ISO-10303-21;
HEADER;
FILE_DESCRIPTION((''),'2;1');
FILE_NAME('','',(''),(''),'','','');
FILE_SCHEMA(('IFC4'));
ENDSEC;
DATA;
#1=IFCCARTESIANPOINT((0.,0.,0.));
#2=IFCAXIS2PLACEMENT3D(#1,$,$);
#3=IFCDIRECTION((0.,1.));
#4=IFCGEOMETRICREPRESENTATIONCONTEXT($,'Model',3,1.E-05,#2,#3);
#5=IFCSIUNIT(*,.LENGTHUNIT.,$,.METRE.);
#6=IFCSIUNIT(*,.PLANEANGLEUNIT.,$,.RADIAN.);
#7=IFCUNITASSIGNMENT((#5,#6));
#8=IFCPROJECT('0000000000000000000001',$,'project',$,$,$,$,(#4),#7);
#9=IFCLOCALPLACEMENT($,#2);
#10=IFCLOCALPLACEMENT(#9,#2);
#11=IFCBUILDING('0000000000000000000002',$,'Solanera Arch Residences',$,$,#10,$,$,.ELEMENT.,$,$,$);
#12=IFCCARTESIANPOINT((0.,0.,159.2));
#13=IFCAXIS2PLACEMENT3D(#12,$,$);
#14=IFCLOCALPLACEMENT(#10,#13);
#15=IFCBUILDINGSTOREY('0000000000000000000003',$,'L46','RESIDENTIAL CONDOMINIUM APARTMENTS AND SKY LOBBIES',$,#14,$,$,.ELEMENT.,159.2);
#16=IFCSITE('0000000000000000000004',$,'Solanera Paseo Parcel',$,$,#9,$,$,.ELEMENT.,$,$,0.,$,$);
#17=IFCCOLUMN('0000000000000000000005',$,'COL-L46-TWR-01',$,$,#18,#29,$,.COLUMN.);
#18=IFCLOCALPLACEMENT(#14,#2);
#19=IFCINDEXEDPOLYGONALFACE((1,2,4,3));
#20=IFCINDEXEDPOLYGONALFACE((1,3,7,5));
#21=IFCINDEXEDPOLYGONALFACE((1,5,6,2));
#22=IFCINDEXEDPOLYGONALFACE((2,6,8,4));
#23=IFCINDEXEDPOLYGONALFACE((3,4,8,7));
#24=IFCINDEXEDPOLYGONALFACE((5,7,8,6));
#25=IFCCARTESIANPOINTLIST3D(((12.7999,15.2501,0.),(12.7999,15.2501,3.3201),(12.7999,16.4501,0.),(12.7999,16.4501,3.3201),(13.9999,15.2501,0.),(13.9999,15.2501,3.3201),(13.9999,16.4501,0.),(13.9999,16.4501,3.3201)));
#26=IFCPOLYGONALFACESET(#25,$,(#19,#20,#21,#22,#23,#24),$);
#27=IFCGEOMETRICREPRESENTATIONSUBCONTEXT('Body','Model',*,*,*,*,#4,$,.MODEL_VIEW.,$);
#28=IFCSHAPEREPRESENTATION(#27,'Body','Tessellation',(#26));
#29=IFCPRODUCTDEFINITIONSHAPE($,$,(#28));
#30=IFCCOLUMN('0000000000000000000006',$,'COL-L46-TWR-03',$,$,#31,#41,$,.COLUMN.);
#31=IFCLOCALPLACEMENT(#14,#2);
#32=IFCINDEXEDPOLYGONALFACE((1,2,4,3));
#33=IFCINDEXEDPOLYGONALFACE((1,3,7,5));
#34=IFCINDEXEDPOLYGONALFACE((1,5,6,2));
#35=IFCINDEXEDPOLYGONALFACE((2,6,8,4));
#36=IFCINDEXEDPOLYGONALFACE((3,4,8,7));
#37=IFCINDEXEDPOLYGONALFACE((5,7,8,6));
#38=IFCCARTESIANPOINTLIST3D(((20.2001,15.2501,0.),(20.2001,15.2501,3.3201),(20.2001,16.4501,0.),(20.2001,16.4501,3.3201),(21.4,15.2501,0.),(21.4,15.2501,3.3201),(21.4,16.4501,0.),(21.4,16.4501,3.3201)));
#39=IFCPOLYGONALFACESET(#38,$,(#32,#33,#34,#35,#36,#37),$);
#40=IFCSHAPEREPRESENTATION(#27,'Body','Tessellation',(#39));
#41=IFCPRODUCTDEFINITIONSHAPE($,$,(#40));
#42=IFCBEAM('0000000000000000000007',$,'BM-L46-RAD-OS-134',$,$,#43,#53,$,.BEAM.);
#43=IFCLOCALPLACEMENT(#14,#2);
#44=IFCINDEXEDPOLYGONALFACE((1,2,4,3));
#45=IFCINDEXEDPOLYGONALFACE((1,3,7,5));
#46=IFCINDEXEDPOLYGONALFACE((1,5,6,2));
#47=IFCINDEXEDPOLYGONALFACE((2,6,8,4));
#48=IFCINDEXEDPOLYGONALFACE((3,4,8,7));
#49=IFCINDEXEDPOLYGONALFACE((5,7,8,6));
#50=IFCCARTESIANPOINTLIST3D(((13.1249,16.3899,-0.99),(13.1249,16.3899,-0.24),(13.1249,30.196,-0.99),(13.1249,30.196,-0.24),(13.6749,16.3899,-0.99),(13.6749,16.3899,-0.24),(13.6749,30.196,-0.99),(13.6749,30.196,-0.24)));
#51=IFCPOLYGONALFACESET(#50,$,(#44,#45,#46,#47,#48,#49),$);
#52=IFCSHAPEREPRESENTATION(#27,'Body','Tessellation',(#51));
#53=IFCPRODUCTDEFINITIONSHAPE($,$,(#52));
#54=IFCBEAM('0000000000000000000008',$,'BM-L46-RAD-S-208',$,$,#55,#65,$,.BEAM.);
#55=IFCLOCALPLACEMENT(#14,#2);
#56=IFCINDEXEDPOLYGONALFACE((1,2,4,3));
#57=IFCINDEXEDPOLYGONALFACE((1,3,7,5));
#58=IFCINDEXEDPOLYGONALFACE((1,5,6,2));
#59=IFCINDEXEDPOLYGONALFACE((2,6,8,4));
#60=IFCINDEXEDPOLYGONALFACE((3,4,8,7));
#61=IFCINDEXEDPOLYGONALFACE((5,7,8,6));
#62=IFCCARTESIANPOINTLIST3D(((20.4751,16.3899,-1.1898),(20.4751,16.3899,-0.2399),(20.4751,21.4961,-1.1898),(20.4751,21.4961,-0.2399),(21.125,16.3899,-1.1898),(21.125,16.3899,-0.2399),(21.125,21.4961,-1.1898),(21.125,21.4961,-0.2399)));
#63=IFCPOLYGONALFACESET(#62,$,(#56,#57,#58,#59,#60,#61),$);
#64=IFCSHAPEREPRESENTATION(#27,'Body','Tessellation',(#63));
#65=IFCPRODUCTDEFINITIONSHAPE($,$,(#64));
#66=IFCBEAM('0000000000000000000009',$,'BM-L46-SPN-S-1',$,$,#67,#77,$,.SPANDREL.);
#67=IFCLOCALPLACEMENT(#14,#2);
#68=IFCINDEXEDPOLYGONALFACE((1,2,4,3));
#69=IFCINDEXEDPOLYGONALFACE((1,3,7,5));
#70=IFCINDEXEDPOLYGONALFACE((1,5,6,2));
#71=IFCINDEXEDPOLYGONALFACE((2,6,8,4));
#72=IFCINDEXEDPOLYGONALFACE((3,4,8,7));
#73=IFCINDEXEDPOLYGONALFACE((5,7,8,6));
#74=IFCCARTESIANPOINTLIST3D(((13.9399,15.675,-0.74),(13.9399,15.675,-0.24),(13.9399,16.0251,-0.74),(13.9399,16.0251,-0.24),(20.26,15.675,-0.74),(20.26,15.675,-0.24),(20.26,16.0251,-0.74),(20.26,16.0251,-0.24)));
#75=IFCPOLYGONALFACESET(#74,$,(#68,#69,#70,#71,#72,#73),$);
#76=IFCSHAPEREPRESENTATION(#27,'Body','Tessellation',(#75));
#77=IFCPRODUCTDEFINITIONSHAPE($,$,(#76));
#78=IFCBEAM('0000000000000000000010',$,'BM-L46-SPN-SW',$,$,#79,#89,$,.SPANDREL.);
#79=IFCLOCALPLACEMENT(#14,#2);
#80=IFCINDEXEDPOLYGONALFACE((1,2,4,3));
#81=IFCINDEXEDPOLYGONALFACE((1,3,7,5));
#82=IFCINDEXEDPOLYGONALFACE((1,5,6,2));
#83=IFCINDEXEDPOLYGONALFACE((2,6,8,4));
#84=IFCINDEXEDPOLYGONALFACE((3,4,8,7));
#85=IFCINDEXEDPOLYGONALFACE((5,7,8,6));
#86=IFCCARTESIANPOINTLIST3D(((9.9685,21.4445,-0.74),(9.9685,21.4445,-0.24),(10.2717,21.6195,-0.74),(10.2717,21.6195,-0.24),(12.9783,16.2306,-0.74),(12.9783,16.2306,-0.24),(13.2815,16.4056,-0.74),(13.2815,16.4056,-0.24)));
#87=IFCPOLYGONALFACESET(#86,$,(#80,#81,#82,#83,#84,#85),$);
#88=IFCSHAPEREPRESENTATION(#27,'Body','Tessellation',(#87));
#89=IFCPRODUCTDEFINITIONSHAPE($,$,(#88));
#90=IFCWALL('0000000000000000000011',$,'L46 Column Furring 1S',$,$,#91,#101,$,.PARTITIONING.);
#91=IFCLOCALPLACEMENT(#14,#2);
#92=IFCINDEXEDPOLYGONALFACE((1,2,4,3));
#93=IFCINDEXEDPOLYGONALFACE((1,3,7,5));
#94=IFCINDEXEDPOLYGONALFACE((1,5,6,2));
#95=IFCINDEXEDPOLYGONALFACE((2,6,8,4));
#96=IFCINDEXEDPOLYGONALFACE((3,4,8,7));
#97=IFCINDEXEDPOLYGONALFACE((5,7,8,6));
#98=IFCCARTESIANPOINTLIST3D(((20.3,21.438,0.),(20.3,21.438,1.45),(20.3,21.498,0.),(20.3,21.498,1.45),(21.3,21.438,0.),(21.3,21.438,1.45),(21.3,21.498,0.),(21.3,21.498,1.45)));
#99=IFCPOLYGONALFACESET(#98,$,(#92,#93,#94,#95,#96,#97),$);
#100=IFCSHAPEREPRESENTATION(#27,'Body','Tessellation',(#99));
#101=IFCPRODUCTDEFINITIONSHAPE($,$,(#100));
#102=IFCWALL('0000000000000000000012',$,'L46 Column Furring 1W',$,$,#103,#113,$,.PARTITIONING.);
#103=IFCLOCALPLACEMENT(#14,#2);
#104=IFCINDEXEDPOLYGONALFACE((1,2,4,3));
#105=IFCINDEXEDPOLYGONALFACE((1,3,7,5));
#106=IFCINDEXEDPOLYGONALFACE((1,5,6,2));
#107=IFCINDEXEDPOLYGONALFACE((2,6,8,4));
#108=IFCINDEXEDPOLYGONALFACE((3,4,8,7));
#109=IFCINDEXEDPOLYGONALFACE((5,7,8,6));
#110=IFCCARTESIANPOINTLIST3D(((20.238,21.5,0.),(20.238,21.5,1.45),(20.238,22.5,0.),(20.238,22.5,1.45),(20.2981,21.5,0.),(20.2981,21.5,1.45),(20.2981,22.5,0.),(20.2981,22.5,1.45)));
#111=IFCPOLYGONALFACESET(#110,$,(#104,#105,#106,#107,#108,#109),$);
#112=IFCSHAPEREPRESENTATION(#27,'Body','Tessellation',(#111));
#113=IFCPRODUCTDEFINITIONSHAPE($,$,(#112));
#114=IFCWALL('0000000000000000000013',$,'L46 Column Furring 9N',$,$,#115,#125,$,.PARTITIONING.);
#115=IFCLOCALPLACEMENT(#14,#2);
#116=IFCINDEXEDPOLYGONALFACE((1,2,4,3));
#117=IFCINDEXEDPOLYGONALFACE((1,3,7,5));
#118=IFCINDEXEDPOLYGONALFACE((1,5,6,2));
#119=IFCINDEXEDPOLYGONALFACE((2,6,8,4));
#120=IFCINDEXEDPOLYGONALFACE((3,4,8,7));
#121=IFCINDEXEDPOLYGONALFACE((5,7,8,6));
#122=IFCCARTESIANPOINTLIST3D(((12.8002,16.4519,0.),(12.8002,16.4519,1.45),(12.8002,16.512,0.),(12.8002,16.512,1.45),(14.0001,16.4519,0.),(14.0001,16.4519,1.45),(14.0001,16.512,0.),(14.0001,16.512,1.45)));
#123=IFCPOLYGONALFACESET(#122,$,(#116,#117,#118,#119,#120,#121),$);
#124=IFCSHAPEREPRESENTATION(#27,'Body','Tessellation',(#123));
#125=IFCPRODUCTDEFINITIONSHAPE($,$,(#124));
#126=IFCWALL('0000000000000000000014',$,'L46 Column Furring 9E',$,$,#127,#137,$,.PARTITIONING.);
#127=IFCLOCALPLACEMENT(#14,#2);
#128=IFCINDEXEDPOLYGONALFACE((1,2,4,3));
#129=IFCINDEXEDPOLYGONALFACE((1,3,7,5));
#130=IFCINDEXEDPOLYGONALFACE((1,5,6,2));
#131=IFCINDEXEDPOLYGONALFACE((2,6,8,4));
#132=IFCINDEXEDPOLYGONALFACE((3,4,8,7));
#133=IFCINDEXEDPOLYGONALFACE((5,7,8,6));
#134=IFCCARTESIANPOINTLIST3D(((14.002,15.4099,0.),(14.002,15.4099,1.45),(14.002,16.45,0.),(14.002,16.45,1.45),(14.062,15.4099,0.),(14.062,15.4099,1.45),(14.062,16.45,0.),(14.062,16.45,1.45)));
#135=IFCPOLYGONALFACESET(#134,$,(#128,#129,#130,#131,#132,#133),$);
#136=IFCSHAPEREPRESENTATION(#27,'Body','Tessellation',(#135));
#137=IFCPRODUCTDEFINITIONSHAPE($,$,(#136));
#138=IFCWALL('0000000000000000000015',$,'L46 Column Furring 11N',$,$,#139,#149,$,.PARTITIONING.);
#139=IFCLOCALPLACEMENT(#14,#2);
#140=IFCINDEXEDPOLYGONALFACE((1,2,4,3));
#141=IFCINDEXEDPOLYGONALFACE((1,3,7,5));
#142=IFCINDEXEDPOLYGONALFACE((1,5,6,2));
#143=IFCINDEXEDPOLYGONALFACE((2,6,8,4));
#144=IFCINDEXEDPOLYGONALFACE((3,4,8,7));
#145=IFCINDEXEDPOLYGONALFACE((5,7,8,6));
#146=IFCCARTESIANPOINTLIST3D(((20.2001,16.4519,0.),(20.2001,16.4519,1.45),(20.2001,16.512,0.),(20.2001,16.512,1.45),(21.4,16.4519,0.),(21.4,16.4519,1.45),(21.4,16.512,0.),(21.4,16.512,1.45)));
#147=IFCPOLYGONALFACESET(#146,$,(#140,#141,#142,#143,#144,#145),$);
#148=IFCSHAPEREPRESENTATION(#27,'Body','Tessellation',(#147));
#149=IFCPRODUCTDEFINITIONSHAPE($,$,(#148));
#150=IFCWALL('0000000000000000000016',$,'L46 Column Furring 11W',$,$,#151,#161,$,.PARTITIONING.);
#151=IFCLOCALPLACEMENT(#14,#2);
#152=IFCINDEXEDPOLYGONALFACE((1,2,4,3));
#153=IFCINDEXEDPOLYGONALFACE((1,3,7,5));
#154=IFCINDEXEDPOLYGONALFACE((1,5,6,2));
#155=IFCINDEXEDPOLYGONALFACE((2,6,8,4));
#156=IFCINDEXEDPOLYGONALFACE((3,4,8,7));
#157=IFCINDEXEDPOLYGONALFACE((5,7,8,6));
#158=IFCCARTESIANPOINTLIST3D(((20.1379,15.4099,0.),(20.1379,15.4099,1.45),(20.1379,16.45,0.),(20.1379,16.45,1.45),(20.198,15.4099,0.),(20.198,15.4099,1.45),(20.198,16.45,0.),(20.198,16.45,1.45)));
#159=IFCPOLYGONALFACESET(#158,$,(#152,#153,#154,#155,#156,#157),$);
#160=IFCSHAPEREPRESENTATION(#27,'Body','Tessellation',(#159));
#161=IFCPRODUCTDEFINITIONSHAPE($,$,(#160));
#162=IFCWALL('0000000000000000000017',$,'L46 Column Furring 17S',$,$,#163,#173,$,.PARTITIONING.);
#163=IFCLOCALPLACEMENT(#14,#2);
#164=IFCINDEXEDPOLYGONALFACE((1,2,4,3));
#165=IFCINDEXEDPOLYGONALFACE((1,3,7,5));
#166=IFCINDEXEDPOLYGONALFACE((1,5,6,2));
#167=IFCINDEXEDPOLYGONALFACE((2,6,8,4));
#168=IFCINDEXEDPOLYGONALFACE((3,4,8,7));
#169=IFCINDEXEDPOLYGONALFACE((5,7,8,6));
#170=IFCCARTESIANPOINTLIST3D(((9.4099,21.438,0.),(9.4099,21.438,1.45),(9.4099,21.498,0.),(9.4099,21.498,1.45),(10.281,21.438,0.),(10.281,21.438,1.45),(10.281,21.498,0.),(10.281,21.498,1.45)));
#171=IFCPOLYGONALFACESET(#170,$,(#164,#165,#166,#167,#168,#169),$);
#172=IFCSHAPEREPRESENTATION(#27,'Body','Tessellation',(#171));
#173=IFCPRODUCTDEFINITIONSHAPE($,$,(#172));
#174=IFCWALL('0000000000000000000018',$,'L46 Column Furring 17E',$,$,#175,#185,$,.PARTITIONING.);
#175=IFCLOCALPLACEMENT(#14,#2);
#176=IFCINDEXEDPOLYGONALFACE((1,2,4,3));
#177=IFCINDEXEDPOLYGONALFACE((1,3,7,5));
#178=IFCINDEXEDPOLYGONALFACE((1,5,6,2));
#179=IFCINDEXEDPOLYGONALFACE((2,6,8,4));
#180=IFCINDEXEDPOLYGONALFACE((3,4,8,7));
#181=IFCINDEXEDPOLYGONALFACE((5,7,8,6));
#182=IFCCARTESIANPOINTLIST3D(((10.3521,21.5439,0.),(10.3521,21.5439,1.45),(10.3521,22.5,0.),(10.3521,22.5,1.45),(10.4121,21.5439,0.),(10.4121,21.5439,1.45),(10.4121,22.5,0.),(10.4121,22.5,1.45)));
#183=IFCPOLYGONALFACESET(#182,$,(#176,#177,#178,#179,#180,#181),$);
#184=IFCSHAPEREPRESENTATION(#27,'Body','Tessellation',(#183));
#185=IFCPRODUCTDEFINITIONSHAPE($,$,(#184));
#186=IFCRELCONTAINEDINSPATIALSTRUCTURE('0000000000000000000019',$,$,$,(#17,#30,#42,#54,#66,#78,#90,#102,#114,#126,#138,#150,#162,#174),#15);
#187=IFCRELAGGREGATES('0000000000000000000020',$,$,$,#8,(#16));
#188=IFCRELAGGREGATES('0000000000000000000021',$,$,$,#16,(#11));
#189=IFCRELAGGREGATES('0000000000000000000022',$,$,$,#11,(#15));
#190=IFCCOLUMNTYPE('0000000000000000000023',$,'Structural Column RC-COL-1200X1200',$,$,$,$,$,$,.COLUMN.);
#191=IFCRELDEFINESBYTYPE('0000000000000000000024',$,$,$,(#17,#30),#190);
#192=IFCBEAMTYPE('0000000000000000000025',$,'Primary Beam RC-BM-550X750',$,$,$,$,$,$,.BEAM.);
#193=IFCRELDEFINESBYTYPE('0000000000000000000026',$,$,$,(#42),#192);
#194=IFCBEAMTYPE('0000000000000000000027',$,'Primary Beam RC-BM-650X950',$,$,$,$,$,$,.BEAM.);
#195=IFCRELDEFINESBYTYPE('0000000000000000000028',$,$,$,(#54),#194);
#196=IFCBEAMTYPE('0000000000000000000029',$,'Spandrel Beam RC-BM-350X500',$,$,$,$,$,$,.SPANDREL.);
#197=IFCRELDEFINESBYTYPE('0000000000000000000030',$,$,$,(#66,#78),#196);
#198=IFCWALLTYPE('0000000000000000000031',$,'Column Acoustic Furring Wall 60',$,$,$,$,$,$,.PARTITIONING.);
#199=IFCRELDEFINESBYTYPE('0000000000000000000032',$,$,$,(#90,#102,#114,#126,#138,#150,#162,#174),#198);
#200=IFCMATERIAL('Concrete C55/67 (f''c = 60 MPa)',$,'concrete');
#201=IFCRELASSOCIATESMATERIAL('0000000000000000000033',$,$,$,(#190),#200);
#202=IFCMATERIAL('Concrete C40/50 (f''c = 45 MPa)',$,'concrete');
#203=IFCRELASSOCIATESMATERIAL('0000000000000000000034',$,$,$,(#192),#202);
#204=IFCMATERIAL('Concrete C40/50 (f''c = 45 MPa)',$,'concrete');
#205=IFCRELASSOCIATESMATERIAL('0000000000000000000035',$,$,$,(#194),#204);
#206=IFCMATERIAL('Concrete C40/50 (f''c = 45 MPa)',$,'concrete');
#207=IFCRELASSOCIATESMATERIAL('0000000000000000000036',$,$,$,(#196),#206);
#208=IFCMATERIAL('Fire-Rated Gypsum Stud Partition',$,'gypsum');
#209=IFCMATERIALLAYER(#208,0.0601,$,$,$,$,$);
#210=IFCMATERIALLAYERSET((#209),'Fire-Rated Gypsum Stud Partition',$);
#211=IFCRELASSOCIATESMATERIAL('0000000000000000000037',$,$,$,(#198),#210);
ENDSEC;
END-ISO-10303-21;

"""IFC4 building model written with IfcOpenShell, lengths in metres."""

from ifc_helpers import new_model, si_unit, direction, frame, frame_2d, origin, origin_2d, place, context, subcontext, project, spatial, rectangle, extrude, material, layer, layer_set, material_profile, profile_set, type_object, element, save


model = new_model("IFC4")

# Units and contexts
model_context = context("Model", 3, precision=1e-05, world=origin(), true_north=direction((0.0, 1.0)))
body_context = subcontext(model_context, "Body", "Model", "MODEL_VIEW")
ifc_project = project(units=[si_unit("LENGTHUNIT", "METRE"), si_unit("PLANEANGLEUNIT", "RADIAN")], contexts=[model_context])

# Site, building, storey
site_placement = place(None, origin())
site = spatial("IfcSite", under=ifc_project, at=site_placement, Name="Solanera Paseo Parcel", CompositionType="ELEMENT", RefElevation=0.0)
building_placement = place(site_placement, origin())
building = spatial("IfcBuilding", under=site, at=building_placement, Name="Solanera Arch Residences", CompositionType="ELEMENT")
storey_placement = place(building_placement, frame((0.0, 0.0, 159.2)))
storey = spatial("IfcBuildingStorey", under=building, at=storey_placement, Name="L46", Description="RESIDENTIAL CONDOMINIUM APARTMENTS AND SKY LOBBIES", CompositionType="ELEMENT", Elevation=159.2)

# Columns
ifc_material_1 = material(Name="Concrete C55/67 (f'c = 60 MPa)", Category="concrete")
ifc_material_profile_1 = material_profile(ifc_material_1, rectangle(XDim=1.2, YDim=1.2, at=origin_2d()))
ifc_profile_set_1 = profile_set([ifc_material_profile_1], Name="Concrete C55/67 (f'c = 60 MPa)")
column_type = type_object("IfcColumnType", Name="Structural Column RC-COL-1200X1200", PredefinedType="COLUMN", material=ifc_profile_set_1)
for number, where, z_axis, x_axis, name in (
    (1, (13.3999, 15.8501, 0.0), (0.0, 0.0, 1.0), (1.0, 0.0, 0.0), "COL-L46-TWR-01"),
    (2, (20.8, 15.8501, 0.0), (0.0, 0.0, 1.0), (1.0, 0.0, 0.0), "COL-L46-TWR-03"),
):
    element("IfcColumn", number, at=place(storey_placement, frame(where, z_axis=z_axis, x_axis=x_axis)), inside=storey, type_object=column_type, Name=name, PredefinedType="COLUMN", context=body_context, shape_type="SweptSolid", body=[
        extrude(rectangle(XDim=1.2, YDim=1.2, at=origin_2d()), origin(), (0.0, 0.0, 1.0), 3.3201),
    ])

# Beams
ifc_material_2 = material(Name="Concrete C40/50 (f'c = 45 MPa)", Category="concrete")
ifc_material_profile_2 = material_profile(ifc_material_2, rectangle(XDim=0.55, YDim=0.75, at=origin_2d()))
ifc_profile_set_2 = profile_set([ifc_material_profile_2], Name="Concrete C40/50 (f'c = 45 MPa)")
beam_type_1 = type_object("IfcBeamType", Name="Primary Beam RC-BM-550X750", PredefinedType="BEAM", material=ifc_profile_set_2)
beam_1_placement = place(storey_placement, frame((13.3999, 16.3899, -0.615), z_axis=(0.0, 1.0, 0.0), x_axis=(-1.0, 0.0, 0.0)))
element("IfcBeam", 3, at=beam_1_placement, inside=storey, type_object=beam_type_1, Name="BM-L46-RAD-OS-134", PredefinedType="BEAM", context=body_context, shape_type="SweptSolid", body=[
    extrude(rectangle(XDim=0.55, YDim=0.75, at=origin_2d()), origin(), (0.0, 0.0, 1.0), 13.8062),
])
ifc_material_3 = material(Name="Concrete C40/50 (f'c = 45 MPa)", Category="concrete")
ifc_material_profile_3 = material_profile(ifc_material_3, rectangle(XDim=0.6499, YDim=0.95, at=origin_2d()))
ifc_profile_set_3 = profile_set([ifc_material_profile_3], Name="Concrete C40/50 (f'c = 45 MPa)")
beam_type_2 = type_object("IfcBeamType", Name="Primary Beam RC-BM-650X950", PredefinedType="BEAM", material=ifc_profile_set_3)
beam_2_placement = place(storey_placement, frame((20.8, 16.3899, -0.7148), z_axis=(0.0, 1.0, 0.0), x_axis=(-1.0, 0.0, 0.0)))
element("IfcBeam", 4, at=beam_2_placement, inside=storey, type_object=beam_type_2, Name="BM-L46-RAD-S-208", PredefinedType="BEAM", context=body_context, shape_type="SweptSolid", body=[
    extrude(rectangle(XDim=0.6499, YDim=0.95, at=origin_2d()), origin(), (0.0, 0.0, 1.0), 5.1062),
])
ifc_material_4 = material(Name="Concrete C40/50 (f'c = 45 MPa)", Category="concrete")
ifc_material_profile_4 = material_profile(ifc_material_4, rectangle(XDim=0.3501, YDim=0.5, at=origin_2d()))
ifc_profile_set_4 = profile_set([ifc_material_profile_4], Name="Concrete C40/50 (f'c = 45 MPa)")
beam_type_3 = type_object("IfcBeamType", Name="Spandrel Beam RC-BM-350X500", PredefinedType="SPANDREL", material=ifc_profile_set_4)
beam_3_placement = place(storey_placement, frame((13.9399, 15.8501, -0.49), z_axis=(1.0, 0.0, 0.0), x_axis=(0.0, 1.0, 0.0)))
element("IfcBeam", 5, at=beam_3_placement, inside=storey, type_object=beam_type_3, Name="BM-L46-SPN-S-1", PredefinedType="SPANDREL", context=body_context, shape_type="SweptSolid", body=[
    extrude(rectangle(XDim=0.3501, YDim=0.5, at=origin_2d()), origin(), (0.0, 0.0, 1.0), 6.3201),
])
beam_4_placement = place(storey_placement, frame((13.1299, 16.3181, -0.49), z_axis=(-0.499942, 0.866059, 0.0), x_axis=(-0.866059, -0.499942, 0.0)))
element("IfcBeam", 6, at=beam_4_placement, inside=storey, type_object=beam_type_3, Name="BM-L46-SPN-SW", PredefinedType="SPANDREL", context=body_context, shape_type="SweptSolid", body=[
    extrude(rectangle(XDim=0.3501, YDim=0.5, at=origin_2d()), origin(), (0.0, 0.0, 1.0), 6.0203),
])

# Walls
ifc_material_5 = material(Name="Fire-Rated Gypsum Stud Partition", Category="gypsum")
ifc_layer_1 = layer(ifc_material_5, 0.0601)
ifc_layer_set_1 = layer_set([ifc_layer_1], Name="Fire-Rated Gypsum Stud Partition")
wall_type_1 = type_object("IfcWallType", Name="Column Acoustic Furring Wall 60", PredefinedType="PARTITIONING", material=ifc_layer_set_1)
for number, where, z_axis, x_axis, name in (
    (7, (20.3, 21.468, 0.0), (0.0, 0.0, 1.0), (1.0, 0.0, 0.0), "L46 Column Furring 1S"),
    (8, (20.2681, 21.5, 0.0), (0.0, 0.0, 1.0), (0.0, 1.0, 0.0), "L46 Column Furring 1W"),
):
    element("IfcWall", number, at=place(storey_placement, frame(where, z_axis=z_axis, x_axis=x_axis)), inside=storey, type_object=wall_type_1, Name=name, PredefinedType="PARTITIONING", context=body_context, shape_type="SweptSolid", body=[
        extrude(rectangle(XDim=1.0, YDim=0.0601, at=frame_2d((0.5, 0.0))), origin(), (0.0, 0.0, 1.0), 1.45),
    ])
wall_1_placement = place(storey_placement, frame((12.8, 16.4819, 0.0), z_axis=(0.0, 0.0, 1.0), x_axis=(1.0, 0.0, 0.0)))
element("IfcWall", 9, at=wall_1_placement, inside=storey, type_object=wall_type_1, Name="L46 Column Furring 9N", PredefinedType="PARTITIONING", context=body_context, shape_type="SweptSolid", body=[
    extrude(rectangle(XDim=1.2, YDim=0.0601, at=frame_2d((0.6001, 0.0))), origin(), (0.0, 0.0, 1.0), 1.45),
])
wall_2_placement = place(storey_placement, frame((14.032, 15.4099, 0.0), z_axis=(0.0, 0.0, 1.0), x_axis=(0.0, 1.0, 0.0)))
element("IfcWall", 10, at=wall_2_placement, inside=storey, type_object=wall_type_1, Name="L46 Column Furring 9E", PredefinedType="PARTITIONING", context=body_context, shape_type="SweptSolid", body=[
    extrude(rectangle(XDim=1.04, YDim=0.0601, at=frame_2d((0.52, 0.0))), origin(), (0.0, 0.0, 1.0), 1.45),
])
wall_3_placement = place(storey_placement, frame((20.2, 16.4819, 0.0), z_axis=(0.0, 0.0, 1.0), x_axis=(1.0, 0.0, 0.0)))
element("IfcWall", 11, at=wall_3_placement, inside=storey, type_object=wall_type_1, Name="L46 Column Furring 11N", PredefinedType="PARTITIONING", context=body_context, shape_type="SweptSolid", body=[
    extrude(rectangle(XDim=1.2, YDim=0.0601, at=frame_2d((0.6001, 0.0))), origin(), (0.0, 0.0, 1.0), 1.45),
])
wall_4_placement = place(storey_placement, frame((20.168, 15.4099, 0.0), z_axis=(0.0, 0.0, 1.0), x_axis=(0.0, 1.0, 0.0)))
element("IfcWall", 12, at=wall_4_placement, inside=storey, type_object=wall_type_1, Name="L46 Column Furring 11W", PredefinedType="PARTITIONING", context=body_context, shape_type="SweptSolid", body=[
    extrude(rectangle(XDim=1.04, YDim=0.0601, at=frame_2d((0.52, 0.0))), origin(), (0.0, 0.0, 1.0), 1.45),
])
wall_5_placement = place(storey_placement, frame((9.4099, 21.468, 0.0), z_axis=(0.0, 0.0, 1.0), x_axis=(1.0, 0.0, 0.0)))
element("IfcWall", 13, at=wall_5_placement, inside=storey, type_object=wall_type_1, Name="L46 Column Furring 17S", PredefinedType="PARTITIONING", context=body_context, shape_type="SweptSolid", body=[
    extrude(rectangle(XDim=0.8711, YDim=0.0601, at=frame_2d((0.4355, 0.0))), origin(), (0.0, 0.0, 1.0), 1.45),
])
wall_6_placement = place(storey_placement, frame((10.3821, 21.5439, 0.0), z_axis=(0.0, 0.0, 1.0), x_axis=(0.0, 1.0, 0.0)))
element("IfcWall", 14, at=wall_6_placement, inside=storey, type_object=wall_type_1, Name="L46 Column Furring 17E", PredefinedType="PARTITIONING", context=body_context, shape_type="SweptSolid", body=[
    extrude(rectangle(XDim=0.9561, YDim=0.0601, at=frame_2d((0.478, 0.0))), origin(), (0.0, 0.0, 1.0), 1.45),
])

save(model, "model.ifc")
